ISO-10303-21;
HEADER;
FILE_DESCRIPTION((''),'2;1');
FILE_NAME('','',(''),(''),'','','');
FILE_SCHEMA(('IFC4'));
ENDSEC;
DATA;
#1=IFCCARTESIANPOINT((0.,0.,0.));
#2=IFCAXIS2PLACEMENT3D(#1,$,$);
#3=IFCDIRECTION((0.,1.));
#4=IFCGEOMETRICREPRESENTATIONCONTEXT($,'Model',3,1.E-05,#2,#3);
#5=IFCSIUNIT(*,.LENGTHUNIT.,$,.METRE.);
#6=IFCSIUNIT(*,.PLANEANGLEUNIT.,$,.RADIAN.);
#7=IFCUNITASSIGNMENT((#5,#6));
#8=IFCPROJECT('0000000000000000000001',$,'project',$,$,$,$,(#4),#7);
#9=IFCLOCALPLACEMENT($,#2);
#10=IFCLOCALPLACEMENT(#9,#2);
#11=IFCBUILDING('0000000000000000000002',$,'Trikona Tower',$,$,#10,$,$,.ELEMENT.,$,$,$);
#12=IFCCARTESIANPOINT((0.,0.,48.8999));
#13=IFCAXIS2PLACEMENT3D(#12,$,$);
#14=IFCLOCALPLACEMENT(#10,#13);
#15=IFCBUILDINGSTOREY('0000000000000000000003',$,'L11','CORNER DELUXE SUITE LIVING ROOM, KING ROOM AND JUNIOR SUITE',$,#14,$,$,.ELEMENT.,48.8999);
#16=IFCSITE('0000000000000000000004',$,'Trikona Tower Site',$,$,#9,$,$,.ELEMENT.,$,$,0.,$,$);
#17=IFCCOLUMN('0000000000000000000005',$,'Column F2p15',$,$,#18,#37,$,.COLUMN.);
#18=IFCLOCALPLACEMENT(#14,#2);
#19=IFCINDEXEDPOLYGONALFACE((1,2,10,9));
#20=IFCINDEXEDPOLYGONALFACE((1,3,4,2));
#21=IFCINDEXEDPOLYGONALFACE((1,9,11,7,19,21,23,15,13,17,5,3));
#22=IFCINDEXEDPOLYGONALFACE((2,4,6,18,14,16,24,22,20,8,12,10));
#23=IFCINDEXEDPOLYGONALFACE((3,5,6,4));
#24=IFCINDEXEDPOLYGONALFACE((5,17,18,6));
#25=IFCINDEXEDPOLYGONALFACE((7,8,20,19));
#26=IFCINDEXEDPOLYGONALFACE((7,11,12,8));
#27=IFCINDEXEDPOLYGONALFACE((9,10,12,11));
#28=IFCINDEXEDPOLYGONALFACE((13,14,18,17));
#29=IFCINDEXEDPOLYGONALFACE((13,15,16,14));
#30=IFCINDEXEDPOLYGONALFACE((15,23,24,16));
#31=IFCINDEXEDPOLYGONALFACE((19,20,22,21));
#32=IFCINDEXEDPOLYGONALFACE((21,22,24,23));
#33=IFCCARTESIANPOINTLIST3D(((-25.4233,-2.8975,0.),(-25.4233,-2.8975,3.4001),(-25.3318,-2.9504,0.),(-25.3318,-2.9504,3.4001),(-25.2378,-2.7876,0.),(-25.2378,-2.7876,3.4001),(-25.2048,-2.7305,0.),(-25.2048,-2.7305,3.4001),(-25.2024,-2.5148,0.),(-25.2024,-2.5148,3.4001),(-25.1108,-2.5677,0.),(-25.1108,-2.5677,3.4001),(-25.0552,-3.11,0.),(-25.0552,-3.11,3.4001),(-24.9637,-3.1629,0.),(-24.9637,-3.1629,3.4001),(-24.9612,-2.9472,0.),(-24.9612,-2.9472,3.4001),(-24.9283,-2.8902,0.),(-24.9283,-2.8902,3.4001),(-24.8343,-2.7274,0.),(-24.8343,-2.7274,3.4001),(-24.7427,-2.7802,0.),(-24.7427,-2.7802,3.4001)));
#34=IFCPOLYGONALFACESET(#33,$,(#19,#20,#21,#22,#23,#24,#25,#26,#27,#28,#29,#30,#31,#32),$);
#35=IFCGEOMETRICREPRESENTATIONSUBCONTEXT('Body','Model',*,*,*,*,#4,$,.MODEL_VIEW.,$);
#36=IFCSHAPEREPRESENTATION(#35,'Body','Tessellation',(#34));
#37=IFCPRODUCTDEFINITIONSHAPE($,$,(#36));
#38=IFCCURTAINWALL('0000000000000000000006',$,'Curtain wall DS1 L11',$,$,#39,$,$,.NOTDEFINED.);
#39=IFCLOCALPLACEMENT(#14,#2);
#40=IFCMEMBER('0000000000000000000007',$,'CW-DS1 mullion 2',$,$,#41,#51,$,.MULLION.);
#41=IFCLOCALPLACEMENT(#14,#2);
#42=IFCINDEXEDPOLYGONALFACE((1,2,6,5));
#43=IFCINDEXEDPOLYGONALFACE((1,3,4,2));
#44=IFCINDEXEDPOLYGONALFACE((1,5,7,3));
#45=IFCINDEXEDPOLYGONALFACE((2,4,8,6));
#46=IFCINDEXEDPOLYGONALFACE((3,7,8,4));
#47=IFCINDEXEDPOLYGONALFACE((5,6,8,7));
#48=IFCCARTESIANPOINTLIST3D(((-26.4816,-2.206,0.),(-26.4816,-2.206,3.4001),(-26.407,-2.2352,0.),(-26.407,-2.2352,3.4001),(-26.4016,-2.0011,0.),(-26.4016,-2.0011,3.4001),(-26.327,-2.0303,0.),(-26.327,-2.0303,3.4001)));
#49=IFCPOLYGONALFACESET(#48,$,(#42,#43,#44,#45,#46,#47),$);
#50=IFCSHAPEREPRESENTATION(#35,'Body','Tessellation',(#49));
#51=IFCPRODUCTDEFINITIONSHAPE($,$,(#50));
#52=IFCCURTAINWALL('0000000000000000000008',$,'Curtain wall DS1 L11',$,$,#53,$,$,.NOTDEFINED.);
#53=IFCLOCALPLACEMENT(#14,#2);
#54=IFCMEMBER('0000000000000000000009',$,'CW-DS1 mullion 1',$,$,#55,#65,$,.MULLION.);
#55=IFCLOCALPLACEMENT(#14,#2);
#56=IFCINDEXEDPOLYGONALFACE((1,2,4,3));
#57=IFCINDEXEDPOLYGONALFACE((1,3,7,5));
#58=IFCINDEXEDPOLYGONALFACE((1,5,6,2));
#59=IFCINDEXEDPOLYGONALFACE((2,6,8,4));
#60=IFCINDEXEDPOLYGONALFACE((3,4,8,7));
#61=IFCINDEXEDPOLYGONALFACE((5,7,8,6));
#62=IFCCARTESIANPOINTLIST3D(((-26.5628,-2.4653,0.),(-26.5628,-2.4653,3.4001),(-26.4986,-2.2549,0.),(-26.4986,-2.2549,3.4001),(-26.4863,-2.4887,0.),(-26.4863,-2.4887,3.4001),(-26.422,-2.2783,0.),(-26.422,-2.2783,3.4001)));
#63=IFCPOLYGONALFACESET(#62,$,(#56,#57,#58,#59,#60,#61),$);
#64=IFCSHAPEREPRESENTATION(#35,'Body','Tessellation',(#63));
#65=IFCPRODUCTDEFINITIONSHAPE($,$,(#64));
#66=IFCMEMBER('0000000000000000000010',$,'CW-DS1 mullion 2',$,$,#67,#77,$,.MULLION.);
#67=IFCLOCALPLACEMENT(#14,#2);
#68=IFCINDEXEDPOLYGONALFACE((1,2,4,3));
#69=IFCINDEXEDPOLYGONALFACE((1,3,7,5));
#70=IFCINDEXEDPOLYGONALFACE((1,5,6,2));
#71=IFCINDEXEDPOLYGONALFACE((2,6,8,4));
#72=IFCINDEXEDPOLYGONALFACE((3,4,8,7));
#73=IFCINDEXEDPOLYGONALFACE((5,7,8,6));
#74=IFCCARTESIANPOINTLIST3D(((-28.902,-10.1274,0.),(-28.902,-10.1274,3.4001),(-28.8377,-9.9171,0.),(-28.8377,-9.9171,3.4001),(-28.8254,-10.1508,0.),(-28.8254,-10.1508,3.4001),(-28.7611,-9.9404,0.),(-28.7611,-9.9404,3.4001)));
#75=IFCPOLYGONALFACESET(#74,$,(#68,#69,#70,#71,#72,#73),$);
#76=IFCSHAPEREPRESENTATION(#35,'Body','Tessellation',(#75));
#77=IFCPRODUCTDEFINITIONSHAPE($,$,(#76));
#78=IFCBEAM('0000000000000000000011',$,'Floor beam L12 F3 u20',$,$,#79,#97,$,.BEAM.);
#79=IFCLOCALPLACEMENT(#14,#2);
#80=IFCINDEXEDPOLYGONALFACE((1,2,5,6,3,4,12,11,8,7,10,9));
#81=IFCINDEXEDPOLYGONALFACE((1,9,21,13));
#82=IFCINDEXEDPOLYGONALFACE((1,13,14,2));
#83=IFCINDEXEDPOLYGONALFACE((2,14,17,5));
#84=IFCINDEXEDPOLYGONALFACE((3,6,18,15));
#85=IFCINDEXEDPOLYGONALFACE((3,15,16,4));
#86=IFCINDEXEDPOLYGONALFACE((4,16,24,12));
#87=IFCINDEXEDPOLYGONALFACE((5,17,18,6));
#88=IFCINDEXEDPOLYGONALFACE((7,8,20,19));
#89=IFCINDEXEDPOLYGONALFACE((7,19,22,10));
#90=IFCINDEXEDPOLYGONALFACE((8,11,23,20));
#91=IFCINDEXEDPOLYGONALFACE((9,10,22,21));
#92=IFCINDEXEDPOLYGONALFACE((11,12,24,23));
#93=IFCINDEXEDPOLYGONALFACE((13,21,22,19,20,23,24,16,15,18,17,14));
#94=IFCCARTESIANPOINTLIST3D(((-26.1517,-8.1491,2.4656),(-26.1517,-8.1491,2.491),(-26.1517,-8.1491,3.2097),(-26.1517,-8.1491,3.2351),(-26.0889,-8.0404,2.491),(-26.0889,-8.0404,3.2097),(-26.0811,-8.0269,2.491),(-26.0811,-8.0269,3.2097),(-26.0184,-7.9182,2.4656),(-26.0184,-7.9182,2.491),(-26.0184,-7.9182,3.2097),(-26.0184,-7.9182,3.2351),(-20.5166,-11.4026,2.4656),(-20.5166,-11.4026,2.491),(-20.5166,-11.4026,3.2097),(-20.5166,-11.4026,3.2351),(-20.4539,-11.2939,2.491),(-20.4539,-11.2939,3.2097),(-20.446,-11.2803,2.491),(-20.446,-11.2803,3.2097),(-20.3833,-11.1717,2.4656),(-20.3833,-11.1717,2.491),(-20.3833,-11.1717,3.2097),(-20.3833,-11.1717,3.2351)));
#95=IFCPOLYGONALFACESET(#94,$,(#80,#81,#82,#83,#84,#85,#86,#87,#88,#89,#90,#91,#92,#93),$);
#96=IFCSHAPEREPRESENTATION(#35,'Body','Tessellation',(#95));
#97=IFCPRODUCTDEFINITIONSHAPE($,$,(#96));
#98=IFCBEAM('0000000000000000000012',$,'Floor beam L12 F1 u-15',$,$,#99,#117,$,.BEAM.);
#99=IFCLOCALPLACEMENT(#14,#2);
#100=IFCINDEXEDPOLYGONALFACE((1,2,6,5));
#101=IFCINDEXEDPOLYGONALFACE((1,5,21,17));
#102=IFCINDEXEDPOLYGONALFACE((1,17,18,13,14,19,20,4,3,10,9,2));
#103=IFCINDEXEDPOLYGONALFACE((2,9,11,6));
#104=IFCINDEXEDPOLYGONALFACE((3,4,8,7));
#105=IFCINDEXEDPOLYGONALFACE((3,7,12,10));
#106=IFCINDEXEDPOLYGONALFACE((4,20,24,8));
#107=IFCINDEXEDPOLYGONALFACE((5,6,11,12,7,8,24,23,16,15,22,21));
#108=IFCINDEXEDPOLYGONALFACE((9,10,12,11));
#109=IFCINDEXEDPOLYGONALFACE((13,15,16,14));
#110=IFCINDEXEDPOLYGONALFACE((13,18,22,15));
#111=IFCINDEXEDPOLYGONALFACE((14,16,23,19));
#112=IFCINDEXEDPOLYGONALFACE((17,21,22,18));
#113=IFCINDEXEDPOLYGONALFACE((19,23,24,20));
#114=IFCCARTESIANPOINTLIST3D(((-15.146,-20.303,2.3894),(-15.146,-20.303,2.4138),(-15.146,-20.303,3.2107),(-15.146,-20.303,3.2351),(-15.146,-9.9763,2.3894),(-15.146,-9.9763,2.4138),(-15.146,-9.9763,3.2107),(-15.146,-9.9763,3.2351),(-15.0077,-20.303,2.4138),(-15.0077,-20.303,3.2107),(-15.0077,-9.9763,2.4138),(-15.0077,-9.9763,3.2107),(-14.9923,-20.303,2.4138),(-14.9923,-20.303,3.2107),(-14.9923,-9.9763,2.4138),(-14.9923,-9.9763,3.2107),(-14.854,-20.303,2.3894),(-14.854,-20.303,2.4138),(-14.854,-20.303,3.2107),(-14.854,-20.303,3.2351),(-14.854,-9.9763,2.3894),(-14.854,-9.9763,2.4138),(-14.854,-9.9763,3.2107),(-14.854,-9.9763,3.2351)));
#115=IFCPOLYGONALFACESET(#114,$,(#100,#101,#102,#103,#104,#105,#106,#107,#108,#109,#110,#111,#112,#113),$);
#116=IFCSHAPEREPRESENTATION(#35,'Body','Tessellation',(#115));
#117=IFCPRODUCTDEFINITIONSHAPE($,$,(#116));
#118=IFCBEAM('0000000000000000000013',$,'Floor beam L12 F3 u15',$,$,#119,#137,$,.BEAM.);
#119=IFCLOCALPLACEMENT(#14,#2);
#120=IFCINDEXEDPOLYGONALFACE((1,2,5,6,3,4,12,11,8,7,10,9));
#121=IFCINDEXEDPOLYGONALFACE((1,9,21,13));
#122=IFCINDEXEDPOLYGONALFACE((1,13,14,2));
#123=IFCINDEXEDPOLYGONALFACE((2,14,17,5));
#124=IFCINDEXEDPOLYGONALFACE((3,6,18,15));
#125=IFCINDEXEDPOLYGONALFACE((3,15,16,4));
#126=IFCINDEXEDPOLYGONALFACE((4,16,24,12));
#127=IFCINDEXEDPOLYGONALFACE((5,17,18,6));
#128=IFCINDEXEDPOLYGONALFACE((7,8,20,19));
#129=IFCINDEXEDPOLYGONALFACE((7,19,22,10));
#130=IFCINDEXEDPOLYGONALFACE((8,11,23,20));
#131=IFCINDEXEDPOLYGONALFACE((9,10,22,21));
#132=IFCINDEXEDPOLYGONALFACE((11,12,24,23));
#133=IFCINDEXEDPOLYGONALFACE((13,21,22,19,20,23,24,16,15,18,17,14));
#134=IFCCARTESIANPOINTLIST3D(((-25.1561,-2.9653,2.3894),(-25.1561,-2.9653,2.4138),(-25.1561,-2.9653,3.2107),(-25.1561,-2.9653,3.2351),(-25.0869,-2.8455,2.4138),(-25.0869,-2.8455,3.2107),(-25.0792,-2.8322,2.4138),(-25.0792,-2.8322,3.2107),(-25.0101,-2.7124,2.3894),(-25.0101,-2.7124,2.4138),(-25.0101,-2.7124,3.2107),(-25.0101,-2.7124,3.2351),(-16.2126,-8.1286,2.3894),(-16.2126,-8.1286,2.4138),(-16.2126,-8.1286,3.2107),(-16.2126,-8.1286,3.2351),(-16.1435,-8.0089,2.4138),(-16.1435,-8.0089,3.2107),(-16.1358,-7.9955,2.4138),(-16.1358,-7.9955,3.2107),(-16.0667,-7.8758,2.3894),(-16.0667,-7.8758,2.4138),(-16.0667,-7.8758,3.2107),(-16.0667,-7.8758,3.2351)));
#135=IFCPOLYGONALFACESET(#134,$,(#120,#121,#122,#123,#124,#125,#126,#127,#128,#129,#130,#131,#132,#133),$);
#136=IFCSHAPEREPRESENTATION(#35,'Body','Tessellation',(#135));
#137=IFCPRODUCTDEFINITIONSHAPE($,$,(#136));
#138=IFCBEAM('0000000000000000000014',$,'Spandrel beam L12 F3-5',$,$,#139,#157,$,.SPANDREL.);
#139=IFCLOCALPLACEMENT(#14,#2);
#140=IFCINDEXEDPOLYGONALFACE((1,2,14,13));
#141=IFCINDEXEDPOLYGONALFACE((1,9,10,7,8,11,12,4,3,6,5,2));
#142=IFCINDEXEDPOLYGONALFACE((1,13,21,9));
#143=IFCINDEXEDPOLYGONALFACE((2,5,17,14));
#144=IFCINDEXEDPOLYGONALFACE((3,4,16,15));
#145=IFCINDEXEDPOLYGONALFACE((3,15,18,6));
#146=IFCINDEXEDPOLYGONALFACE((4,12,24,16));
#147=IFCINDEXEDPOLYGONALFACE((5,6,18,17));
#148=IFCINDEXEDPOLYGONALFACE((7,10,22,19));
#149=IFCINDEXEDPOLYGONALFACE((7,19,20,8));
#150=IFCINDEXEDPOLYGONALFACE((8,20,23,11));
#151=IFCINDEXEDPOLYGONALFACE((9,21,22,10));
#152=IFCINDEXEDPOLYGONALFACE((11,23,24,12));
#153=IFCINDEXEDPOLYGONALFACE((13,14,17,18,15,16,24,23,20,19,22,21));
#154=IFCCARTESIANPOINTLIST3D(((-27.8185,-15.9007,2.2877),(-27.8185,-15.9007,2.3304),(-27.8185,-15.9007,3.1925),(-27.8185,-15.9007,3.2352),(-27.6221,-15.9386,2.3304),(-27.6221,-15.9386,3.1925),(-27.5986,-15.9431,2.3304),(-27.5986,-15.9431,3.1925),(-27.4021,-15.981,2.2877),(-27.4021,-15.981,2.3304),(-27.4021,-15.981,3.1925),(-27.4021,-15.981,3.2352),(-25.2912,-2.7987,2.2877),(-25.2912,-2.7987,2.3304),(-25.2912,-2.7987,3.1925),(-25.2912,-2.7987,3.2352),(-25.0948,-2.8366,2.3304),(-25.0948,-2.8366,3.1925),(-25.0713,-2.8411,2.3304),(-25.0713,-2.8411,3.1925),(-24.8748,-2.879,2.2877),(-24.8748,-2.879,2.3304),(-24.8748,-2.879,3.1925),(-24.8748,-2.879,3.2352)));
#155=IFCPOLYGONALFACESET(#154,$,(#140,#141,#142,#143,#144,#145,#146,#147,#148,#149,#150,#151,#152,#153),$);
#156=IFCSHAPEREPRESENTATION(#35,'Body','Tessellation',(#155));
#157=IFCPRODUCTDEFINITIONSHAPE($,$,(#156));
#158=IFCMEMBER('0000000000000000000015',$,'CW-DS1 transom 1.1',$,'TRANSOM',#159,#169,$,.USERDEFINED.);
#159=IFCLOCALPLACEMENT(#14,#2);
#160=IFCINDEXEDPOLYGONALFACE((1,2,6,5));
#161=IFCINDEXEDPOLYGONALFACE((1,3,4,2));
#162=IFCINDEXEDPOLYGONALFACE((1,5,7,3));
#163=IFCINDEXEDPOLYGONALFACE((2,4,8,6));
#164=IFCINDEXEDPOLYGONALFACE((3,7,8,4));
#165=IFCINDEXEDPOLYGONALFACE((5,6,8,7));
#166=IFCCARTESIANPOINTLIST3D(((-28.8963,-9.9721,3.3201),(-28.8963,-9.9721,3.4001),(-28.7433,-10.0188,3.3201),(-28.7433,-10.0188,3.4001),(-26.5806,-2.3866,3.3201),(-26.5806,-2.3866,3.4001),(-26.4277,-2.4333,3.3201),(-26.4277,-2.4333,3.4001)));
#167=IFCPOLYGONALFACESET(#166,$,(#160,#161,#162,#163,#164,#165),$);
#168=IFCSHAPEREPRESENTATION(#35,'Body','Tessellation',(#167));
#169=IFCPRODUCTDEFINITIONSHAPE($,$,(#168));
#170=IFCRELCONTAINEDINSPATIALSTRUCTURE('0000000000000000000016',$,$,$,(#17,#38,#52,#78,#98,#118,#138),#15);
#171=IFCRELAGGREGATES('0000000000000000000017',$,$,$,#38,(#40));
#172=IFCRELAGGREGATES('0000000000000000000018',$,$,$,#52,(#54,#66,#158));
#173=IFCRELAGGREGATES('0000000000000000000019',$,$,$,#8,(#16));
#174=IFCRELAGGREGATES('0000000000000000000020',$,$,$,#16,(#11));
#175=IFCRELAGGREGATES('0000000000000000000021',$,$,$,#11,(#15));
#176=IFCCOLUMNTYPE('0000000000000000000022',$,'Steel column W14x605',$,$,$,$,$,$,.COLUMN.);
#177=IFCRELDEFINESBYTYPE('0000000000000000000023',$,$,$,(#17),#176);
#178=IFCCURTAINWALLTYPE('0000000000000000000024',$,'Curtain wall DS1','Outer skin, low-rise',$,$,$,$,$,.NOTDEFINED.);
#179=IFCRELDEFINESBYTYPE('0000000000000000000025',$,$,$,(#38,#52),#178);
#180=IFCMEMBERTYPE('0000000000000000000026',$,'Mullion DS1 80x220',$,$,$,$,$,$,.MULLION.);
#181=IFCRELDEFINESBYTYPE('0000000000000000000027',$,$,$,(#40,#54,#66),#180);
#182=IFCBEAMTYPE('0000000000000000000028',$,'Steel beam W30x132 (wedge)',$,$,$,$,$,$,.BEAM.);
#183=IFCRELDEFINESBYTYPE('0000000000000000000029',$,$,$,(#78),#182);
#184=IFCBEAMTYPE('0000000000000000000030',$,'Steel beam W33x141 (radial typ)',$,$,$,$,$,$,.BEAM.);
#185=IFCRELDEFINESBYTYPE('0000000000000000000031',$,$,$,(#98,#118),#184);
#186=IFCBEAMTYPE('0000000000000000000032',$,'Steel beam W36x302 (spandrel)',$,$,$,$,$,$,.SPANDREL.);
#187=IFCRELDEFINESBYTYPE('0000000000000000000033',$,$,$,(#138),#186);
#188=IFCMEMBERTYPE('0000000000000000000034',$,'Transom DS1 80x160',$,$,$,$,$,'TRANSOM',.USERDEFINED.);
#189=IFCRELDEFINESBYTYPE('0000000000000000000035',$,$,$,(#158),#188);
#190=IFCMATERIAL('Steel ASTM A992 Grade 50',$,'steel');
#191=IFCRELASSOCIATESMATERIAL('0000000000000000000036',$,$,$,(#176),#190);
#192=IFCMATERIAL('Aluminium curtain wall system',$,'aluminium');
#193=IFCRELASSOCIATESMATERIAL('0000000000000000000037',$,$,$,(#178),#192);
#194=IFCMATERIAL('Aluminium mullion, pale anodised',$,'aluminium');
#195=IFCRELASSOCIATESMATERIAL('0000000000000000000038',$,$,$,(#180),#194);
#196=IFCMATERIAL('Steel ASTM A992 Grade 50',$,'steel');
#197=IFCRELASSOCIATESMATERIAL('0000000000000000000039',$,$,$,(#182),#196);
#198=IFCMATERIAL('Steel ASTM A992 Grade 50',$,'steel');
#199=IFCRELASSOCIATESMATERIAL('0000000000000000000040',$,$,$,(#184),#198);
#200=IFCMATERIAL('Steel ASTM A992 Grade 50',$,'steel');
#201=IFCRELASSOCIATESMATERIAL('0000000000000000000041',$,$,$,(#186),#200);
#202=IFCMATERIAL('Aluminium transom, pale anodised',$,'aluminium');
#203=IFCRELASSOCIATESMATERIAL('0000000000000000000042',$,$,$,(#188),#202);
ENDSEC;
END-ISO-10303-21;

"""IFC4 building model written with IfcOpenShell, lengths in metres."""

from ifc_helpers import new_model, si_unit, direction, frame, origin, origin_2d, place, context, subcontext, project, spatial, rectangle, i_section, extrude, material, material_profile, profile_set, type_object, element, aggregate, save


model = new_model("IFC4")

# Units and contexts
model_context = context("Model", 3, precision=1e-05, world=origin(), true_north=direction((0.0, 1.0)))
body_context = subcontext(model_context, "Body", "Model", "MODEL_VIEW")
ifc_project = project(units=[si_unit("LENGTHUNIT", "METRE"), si_unit("PLANEANGLEUNIT", "RADIAN")], contexts=[model_context])

# Site, building, storey
site_placement = place(None, origin())
site = spatial("IfcSite", under=ifc_project, at=site_placement, Name="Trikona Tower Site", CompositionType="ELEMENT", RefElevation=0.0)
building_placement = place(site_placement, origin())
building = spatial("IfcBuilding", under=site, at=building_placement, Name="Trikona Tower", CompositionType="ELEMENT")
storey_placement = place(building_placement, frame((0.0, 0.0, 48.8999)))
storey = spatial("IfcBuildingStorey", under=building, at=storey_placement, Name="L11", Description="CORNER DELUXE SUITE LIVING ROOM, KING ROOM AND JUNIOR SUITE", CompositionType="ELEMENT", Elevation=48.8999)

# Column
ifc_material_1 = material(Name="Steel ASTM A992 Grade 50", Category="steel")
ifc_material_profile_1 = material_profile(ifc_material_1, i_section(OverallWidth=0.4419, OverallDepth=0.5308, WebThickness=0.0659, FlangeThickness=0.1057, at=origin_2d()), Name="W14X605")
ifc_profile_set_1 = profile_set([ifc_material_profile_1], Name="Steel ASTM A992 Grade 50")
column_type = type_object("IfcColumnType", Name="Steel column W14x605", PredefinedType="COLUMN", material=ifc_profile_set_1)
column_placement = place(storey_placement, frame((-25.083, -2.8389, 0.0), z_axis=(0.0, 0.0, 1.0), x_axis=(-0.5, -0.866025, 0.0)))
element("IfcColumn", 1, at=column_placement, inside=storey, type_object=column_type, Name="Column F2p15", PredefinedType="COLUMN", context=body_context, shape_type="SweptSolid", body=[
    extrude(i_section(OverallWidth=0.4419, OverallDepth=0.5308, WebThickness=0.0659, FlangeThickness=0.1057, at=origin_2d()), origin(), (0.0, 0.0, 1.0), 3.4001),
])

# Curtain wall, member
ifc_material_2 = material(Name="Aluminium curtain wall system", Category="aluminium")
curtain_wall_type = type_object("IfcCurtainWallType", Name="Curtain wall DS1", Description="Outer skin, low-rise", PredefinedType="NOTDEFINED", material=ifc_material_2)
curtain_wall_1_placement = place(storey_placement, origin())
curtain_wall_1 = element("IfcCurtainWall", 2, at=curtain_wall_1_placement, inside=storey, type_object=curtain_wall_type, Name="Curtain wall DS1 L11", PredefinedType="NOTDEFINED")
ifc_material_3 = material(Name="Aluminium mullion, pale anodised", Category="aluminium")
ifc_material_profile_2 = material_profile(ifc_material_3, rectangle(XDim=0.0801, YDim=0.22, at=origin_2d()), Name="MUL-DS1")
ifc_profile_set_2 = profile_set([ifc_material_profile_2], Name="Aluminium mullion, pale anodised")
member_type_1 = type_object("IfcMemberType", Name="Mullion DS1 80x220", PredefinedType="MULLION", material=ifc_profile_set_2)
member_1_placement = place(storey_placement, frame((-26.4043, -2.1182, 0.0), z_axis=(0.0, 0.0, 1.0), x_axis=(0.931396, -0.364008, 0.0)))
member_1 = element("IfcMember", 3, at=member_1_placement, type_object=member_type_1, Name="CW-DS1 mullion 2", PredefinedType="MULLION", context=body_context, shape_type="SweptSolid", body=[
    extrude(rectangle(XDim=0.0801, YDim=0.22, at=origin_2d()), origin(), (0.0, 0.0, 1.0), 3.4001),
])

# Curtain wall, members
curtain_wall_2_placement = place(storey_placement, origin())
curtain_wall_2 = element("IfcCurtainWall", 4, at=curtain_wall_2_placement, inside=storey, type_object=curtain_wall_type, Name="Curtain wall DS1 L11", PredefinedType="NOTDEFINED")
member_2_placement = place(storey_placement, frame((-26.4924, -2.3718, 0.0), z_axis=(0.0, 0.0, 1.0), x_axis=(0.956423, -0.291984, 0.0)))
member_2 = element("IfcMember", 5, at=member_2_placement, type_object=member_type_1, Name="CW-DS1 mullion 1", PredefinedType="MULLION", context=body_context, shape_type="SweptSolid", body=[
    extrude(rectangle(XDim=0.0801, YDim=0.22, at=origin_2d()), origin(), (0.0, 0.0, 1.0), 3.4001),
])
member_3_placement = place(storey_placement, frame((-28.8315, -10.0339, 0.0), z_axis=(0.0, 0.0, 1.0), x_axis=(0.956423, -0.291984, 0.0)))
member_3 = element("IfcMember", 6, at=member_3_placement, type_object=member_type_1, Name="CW-DS1 mullion 2", PredefinedType="MULLION", context=body_context, shape_type="SweptSolid", body=[
    extrude(rectangle(XDim=0.0801, YDim=0.22, at=origin_2d()), origin(), (0.0, 0.0, 1.0), 3.4001),
])

# Beams
ifc_material_4 = material(Name="Steel ASTM A992 Grade 50", Category="steel")
ifc_material_profile_3 = material_profile(ifc_material_4, i_section(OverallWidth=0.2666, OverallDepth=0.7695, WebThickness=0.0156, FlangeThickness=0.0254, at=origin_2d()), Name="W30X132")
ifc_profile_set_3 = profile_set([ifc_material_profile_3], Name="Steel ASTM A992 Grade 50")
beam_type_1 = type_object("IfcBeamType", Name="Steel beam W30x132 (wedge)", PredefinedType="BEAM", material=ifc_profile_set_3)
beam_1_placement = place(storey_placement, frame((-20.45, -11.2871, 2.8503), z_axis=(-0.866023, 0.500005, 0.0), x_axis=(-0.500005, -0.866023, 0.0)))
element("IfcBeam", 7, at=beam_1_placement, inside=storey, type_object=beam_type_1, Name="Floor beam L12 F3 u20", PredefinedType="BEAM", context=body_context, shape_type="SweptSolid", body=[
    extrude(i_section(OverallWidth=0.2666, OverallDepth=0.7695, WebThickness=0.0156, FlangeThickness=0.0254, at=origin_2d()), origin(), (0.0, 0.0, 1.0), 6.5068),
])
ifc_material_5 = material(Name="Steel ASTM A992 Grade 50", Category="steel")
ifc_material_profile_4 = material_profile(ifc_material_5, i_section(OverallWidth=0.292, OverallDepth=0.8457, WebThickness=0.0154, FlangeThickness=0.0244, at=origin_2d()), Name="W33X141")
ifc_profile_set_4 = profile_set([ifc_material_profile_4], Name="Steel ASTM A992 Grade 50")
beam_type_2 = type_object("IfcBeamType", Name="Steel beam W33x141 (radial typ)", PredefinedType="BEAM", material=ifc_profile_set_4)
beam_2_placement = place(storey_placement, frame((-15.0, -9.9763, 2.8123), z_axis=(0.0, -1.0, 0.0), x_axis=(1.0, 0.0, 0.0)))
element("IfcBeam", 8, at=beam_2_placement, inside=storey, type_object=beam_type_2, Name="Floor beam L12 F1 u-15", PredefinedType="BEAM", context=body_context, shape_type="SweptSolid", body=[
    extrude(i_section(OverallWidth=0.292, OverallDepth=0.8457, WebThickness=0.0154, FlangeThickness=0.0244, at=origin_2d()), origin(), (0.0, 0.0, 1.0), 10.3267),
])
beam_3_placement = place(storey_placement, frame((-16.1396, -8.0022, 2.8123), z_axis=(-0.86603, 0.499991, 0.0), x_axis=(-0.499991, -0.86603, 0.0)))
element("IfcBeam", 9, at=beam_3_placement, inside=storey, type_object=beam_type_2, Name="Floor beam L12 F3 u15", PredefinedType="BEAM", context=body_context, shape_type="SweptSolid", body=[
    extrude(i_section(OverallWidth=0.292, OverallDepth=0.8457, WebThickness=0.0154, FlangeThickness=0.0244, at=origin_2d()), origin(), (0.0, 0.0, 1.0), 10.3269),
])
ifc_material_6 = material(Name="Steel ASTM A992 Grade 50", Category="steel")
ifc_material_profile_5 = material_profile(ifc_material_6, i_section(OverallWidth=0.4241, OverallDepth=0.9475, WebThickness=0.0239, FlangeThickness=0.0427, at=origin_2d()), Name="W36X302")
ifc_profile_set_5 = profile_set([ifc_material_profile_5], Name="Steel ASTM A992 Grade 50")
beam_type_3 = type_object("IfcBeamType", Name="Steel beam W36x302 (spandrel)", PredefinedType="SPANDREL", material=ifc_profile_set_5)
beam_4_placement = place(storey_placement, frame((-25.083, -2.8389, 2.7615), z_axis=(-0.189405, -0.981899, 0.0), x_axis=(0.981899, -0.189405, 0.0)))
element("IfcBeam", 10, at=beam_4_placement, inside=storey, type_object=beam_type_3, Name="Spandrel beam L12 F3-5", PredefinedType="SPANDREL", context=body_context, shape_type="SweptSolid", body=[
    extrude(i_section(OverallWidth=0.4241, OverallDepth=0.9475, WebThickness=0.0239, FlangeThickness=0.0427, at=origin_2d()), origin(), (0.0, 0.0, 1.0), 13.3435),
])

# Member
ifc_material_7 = material(Name="Aluminium transom, pale anodised", Category="aluminium")
ifc_material_profile_6 = material_profile(ifc_material_7, rectangle(XDim=0.1599, YDim=0.0801, at=origin_2d()), Name="TRN-DS1")
ifc_profile_set_6 = profile_set([ifc_material_profile_6], Name="Aluminium transom, pale anodised")
member_type_2 = type_object("IfcMemberType", Name="Transom DS1 80x160", ElementType="TRANSOM", PredefinedType="USERDEFINED", material=ifc_profile_set_6)
member_4_placement = place(storey_placement, frame((-26.5042, -2.4099, 3.3601), z_axis=(-0.291967, -0.956428, 0.0), x_axis=(0.956428, -0.291967, 0.0)))
member_4 = element("IfcMember", 11, at=member_4_placement, type_object=member_type_2, Name="CW-DS1 transom 1.1", ObjectType="TRANSOM", PredefinedType="USERDEFINED", context=body_context, shape_type="SweptSolid", body=[
    extrude(rectangle(XDim=0.1599, YDim=0.0801, at=origin_2d()), origin(), (0.0, 0.0, 1.0), 7.9312),
])

aggregate(curtain_wall_1, [member_1])
aggregate(curtain_wall_2, [member_2, member_3, member_4])

save(model, "model.ifc")
